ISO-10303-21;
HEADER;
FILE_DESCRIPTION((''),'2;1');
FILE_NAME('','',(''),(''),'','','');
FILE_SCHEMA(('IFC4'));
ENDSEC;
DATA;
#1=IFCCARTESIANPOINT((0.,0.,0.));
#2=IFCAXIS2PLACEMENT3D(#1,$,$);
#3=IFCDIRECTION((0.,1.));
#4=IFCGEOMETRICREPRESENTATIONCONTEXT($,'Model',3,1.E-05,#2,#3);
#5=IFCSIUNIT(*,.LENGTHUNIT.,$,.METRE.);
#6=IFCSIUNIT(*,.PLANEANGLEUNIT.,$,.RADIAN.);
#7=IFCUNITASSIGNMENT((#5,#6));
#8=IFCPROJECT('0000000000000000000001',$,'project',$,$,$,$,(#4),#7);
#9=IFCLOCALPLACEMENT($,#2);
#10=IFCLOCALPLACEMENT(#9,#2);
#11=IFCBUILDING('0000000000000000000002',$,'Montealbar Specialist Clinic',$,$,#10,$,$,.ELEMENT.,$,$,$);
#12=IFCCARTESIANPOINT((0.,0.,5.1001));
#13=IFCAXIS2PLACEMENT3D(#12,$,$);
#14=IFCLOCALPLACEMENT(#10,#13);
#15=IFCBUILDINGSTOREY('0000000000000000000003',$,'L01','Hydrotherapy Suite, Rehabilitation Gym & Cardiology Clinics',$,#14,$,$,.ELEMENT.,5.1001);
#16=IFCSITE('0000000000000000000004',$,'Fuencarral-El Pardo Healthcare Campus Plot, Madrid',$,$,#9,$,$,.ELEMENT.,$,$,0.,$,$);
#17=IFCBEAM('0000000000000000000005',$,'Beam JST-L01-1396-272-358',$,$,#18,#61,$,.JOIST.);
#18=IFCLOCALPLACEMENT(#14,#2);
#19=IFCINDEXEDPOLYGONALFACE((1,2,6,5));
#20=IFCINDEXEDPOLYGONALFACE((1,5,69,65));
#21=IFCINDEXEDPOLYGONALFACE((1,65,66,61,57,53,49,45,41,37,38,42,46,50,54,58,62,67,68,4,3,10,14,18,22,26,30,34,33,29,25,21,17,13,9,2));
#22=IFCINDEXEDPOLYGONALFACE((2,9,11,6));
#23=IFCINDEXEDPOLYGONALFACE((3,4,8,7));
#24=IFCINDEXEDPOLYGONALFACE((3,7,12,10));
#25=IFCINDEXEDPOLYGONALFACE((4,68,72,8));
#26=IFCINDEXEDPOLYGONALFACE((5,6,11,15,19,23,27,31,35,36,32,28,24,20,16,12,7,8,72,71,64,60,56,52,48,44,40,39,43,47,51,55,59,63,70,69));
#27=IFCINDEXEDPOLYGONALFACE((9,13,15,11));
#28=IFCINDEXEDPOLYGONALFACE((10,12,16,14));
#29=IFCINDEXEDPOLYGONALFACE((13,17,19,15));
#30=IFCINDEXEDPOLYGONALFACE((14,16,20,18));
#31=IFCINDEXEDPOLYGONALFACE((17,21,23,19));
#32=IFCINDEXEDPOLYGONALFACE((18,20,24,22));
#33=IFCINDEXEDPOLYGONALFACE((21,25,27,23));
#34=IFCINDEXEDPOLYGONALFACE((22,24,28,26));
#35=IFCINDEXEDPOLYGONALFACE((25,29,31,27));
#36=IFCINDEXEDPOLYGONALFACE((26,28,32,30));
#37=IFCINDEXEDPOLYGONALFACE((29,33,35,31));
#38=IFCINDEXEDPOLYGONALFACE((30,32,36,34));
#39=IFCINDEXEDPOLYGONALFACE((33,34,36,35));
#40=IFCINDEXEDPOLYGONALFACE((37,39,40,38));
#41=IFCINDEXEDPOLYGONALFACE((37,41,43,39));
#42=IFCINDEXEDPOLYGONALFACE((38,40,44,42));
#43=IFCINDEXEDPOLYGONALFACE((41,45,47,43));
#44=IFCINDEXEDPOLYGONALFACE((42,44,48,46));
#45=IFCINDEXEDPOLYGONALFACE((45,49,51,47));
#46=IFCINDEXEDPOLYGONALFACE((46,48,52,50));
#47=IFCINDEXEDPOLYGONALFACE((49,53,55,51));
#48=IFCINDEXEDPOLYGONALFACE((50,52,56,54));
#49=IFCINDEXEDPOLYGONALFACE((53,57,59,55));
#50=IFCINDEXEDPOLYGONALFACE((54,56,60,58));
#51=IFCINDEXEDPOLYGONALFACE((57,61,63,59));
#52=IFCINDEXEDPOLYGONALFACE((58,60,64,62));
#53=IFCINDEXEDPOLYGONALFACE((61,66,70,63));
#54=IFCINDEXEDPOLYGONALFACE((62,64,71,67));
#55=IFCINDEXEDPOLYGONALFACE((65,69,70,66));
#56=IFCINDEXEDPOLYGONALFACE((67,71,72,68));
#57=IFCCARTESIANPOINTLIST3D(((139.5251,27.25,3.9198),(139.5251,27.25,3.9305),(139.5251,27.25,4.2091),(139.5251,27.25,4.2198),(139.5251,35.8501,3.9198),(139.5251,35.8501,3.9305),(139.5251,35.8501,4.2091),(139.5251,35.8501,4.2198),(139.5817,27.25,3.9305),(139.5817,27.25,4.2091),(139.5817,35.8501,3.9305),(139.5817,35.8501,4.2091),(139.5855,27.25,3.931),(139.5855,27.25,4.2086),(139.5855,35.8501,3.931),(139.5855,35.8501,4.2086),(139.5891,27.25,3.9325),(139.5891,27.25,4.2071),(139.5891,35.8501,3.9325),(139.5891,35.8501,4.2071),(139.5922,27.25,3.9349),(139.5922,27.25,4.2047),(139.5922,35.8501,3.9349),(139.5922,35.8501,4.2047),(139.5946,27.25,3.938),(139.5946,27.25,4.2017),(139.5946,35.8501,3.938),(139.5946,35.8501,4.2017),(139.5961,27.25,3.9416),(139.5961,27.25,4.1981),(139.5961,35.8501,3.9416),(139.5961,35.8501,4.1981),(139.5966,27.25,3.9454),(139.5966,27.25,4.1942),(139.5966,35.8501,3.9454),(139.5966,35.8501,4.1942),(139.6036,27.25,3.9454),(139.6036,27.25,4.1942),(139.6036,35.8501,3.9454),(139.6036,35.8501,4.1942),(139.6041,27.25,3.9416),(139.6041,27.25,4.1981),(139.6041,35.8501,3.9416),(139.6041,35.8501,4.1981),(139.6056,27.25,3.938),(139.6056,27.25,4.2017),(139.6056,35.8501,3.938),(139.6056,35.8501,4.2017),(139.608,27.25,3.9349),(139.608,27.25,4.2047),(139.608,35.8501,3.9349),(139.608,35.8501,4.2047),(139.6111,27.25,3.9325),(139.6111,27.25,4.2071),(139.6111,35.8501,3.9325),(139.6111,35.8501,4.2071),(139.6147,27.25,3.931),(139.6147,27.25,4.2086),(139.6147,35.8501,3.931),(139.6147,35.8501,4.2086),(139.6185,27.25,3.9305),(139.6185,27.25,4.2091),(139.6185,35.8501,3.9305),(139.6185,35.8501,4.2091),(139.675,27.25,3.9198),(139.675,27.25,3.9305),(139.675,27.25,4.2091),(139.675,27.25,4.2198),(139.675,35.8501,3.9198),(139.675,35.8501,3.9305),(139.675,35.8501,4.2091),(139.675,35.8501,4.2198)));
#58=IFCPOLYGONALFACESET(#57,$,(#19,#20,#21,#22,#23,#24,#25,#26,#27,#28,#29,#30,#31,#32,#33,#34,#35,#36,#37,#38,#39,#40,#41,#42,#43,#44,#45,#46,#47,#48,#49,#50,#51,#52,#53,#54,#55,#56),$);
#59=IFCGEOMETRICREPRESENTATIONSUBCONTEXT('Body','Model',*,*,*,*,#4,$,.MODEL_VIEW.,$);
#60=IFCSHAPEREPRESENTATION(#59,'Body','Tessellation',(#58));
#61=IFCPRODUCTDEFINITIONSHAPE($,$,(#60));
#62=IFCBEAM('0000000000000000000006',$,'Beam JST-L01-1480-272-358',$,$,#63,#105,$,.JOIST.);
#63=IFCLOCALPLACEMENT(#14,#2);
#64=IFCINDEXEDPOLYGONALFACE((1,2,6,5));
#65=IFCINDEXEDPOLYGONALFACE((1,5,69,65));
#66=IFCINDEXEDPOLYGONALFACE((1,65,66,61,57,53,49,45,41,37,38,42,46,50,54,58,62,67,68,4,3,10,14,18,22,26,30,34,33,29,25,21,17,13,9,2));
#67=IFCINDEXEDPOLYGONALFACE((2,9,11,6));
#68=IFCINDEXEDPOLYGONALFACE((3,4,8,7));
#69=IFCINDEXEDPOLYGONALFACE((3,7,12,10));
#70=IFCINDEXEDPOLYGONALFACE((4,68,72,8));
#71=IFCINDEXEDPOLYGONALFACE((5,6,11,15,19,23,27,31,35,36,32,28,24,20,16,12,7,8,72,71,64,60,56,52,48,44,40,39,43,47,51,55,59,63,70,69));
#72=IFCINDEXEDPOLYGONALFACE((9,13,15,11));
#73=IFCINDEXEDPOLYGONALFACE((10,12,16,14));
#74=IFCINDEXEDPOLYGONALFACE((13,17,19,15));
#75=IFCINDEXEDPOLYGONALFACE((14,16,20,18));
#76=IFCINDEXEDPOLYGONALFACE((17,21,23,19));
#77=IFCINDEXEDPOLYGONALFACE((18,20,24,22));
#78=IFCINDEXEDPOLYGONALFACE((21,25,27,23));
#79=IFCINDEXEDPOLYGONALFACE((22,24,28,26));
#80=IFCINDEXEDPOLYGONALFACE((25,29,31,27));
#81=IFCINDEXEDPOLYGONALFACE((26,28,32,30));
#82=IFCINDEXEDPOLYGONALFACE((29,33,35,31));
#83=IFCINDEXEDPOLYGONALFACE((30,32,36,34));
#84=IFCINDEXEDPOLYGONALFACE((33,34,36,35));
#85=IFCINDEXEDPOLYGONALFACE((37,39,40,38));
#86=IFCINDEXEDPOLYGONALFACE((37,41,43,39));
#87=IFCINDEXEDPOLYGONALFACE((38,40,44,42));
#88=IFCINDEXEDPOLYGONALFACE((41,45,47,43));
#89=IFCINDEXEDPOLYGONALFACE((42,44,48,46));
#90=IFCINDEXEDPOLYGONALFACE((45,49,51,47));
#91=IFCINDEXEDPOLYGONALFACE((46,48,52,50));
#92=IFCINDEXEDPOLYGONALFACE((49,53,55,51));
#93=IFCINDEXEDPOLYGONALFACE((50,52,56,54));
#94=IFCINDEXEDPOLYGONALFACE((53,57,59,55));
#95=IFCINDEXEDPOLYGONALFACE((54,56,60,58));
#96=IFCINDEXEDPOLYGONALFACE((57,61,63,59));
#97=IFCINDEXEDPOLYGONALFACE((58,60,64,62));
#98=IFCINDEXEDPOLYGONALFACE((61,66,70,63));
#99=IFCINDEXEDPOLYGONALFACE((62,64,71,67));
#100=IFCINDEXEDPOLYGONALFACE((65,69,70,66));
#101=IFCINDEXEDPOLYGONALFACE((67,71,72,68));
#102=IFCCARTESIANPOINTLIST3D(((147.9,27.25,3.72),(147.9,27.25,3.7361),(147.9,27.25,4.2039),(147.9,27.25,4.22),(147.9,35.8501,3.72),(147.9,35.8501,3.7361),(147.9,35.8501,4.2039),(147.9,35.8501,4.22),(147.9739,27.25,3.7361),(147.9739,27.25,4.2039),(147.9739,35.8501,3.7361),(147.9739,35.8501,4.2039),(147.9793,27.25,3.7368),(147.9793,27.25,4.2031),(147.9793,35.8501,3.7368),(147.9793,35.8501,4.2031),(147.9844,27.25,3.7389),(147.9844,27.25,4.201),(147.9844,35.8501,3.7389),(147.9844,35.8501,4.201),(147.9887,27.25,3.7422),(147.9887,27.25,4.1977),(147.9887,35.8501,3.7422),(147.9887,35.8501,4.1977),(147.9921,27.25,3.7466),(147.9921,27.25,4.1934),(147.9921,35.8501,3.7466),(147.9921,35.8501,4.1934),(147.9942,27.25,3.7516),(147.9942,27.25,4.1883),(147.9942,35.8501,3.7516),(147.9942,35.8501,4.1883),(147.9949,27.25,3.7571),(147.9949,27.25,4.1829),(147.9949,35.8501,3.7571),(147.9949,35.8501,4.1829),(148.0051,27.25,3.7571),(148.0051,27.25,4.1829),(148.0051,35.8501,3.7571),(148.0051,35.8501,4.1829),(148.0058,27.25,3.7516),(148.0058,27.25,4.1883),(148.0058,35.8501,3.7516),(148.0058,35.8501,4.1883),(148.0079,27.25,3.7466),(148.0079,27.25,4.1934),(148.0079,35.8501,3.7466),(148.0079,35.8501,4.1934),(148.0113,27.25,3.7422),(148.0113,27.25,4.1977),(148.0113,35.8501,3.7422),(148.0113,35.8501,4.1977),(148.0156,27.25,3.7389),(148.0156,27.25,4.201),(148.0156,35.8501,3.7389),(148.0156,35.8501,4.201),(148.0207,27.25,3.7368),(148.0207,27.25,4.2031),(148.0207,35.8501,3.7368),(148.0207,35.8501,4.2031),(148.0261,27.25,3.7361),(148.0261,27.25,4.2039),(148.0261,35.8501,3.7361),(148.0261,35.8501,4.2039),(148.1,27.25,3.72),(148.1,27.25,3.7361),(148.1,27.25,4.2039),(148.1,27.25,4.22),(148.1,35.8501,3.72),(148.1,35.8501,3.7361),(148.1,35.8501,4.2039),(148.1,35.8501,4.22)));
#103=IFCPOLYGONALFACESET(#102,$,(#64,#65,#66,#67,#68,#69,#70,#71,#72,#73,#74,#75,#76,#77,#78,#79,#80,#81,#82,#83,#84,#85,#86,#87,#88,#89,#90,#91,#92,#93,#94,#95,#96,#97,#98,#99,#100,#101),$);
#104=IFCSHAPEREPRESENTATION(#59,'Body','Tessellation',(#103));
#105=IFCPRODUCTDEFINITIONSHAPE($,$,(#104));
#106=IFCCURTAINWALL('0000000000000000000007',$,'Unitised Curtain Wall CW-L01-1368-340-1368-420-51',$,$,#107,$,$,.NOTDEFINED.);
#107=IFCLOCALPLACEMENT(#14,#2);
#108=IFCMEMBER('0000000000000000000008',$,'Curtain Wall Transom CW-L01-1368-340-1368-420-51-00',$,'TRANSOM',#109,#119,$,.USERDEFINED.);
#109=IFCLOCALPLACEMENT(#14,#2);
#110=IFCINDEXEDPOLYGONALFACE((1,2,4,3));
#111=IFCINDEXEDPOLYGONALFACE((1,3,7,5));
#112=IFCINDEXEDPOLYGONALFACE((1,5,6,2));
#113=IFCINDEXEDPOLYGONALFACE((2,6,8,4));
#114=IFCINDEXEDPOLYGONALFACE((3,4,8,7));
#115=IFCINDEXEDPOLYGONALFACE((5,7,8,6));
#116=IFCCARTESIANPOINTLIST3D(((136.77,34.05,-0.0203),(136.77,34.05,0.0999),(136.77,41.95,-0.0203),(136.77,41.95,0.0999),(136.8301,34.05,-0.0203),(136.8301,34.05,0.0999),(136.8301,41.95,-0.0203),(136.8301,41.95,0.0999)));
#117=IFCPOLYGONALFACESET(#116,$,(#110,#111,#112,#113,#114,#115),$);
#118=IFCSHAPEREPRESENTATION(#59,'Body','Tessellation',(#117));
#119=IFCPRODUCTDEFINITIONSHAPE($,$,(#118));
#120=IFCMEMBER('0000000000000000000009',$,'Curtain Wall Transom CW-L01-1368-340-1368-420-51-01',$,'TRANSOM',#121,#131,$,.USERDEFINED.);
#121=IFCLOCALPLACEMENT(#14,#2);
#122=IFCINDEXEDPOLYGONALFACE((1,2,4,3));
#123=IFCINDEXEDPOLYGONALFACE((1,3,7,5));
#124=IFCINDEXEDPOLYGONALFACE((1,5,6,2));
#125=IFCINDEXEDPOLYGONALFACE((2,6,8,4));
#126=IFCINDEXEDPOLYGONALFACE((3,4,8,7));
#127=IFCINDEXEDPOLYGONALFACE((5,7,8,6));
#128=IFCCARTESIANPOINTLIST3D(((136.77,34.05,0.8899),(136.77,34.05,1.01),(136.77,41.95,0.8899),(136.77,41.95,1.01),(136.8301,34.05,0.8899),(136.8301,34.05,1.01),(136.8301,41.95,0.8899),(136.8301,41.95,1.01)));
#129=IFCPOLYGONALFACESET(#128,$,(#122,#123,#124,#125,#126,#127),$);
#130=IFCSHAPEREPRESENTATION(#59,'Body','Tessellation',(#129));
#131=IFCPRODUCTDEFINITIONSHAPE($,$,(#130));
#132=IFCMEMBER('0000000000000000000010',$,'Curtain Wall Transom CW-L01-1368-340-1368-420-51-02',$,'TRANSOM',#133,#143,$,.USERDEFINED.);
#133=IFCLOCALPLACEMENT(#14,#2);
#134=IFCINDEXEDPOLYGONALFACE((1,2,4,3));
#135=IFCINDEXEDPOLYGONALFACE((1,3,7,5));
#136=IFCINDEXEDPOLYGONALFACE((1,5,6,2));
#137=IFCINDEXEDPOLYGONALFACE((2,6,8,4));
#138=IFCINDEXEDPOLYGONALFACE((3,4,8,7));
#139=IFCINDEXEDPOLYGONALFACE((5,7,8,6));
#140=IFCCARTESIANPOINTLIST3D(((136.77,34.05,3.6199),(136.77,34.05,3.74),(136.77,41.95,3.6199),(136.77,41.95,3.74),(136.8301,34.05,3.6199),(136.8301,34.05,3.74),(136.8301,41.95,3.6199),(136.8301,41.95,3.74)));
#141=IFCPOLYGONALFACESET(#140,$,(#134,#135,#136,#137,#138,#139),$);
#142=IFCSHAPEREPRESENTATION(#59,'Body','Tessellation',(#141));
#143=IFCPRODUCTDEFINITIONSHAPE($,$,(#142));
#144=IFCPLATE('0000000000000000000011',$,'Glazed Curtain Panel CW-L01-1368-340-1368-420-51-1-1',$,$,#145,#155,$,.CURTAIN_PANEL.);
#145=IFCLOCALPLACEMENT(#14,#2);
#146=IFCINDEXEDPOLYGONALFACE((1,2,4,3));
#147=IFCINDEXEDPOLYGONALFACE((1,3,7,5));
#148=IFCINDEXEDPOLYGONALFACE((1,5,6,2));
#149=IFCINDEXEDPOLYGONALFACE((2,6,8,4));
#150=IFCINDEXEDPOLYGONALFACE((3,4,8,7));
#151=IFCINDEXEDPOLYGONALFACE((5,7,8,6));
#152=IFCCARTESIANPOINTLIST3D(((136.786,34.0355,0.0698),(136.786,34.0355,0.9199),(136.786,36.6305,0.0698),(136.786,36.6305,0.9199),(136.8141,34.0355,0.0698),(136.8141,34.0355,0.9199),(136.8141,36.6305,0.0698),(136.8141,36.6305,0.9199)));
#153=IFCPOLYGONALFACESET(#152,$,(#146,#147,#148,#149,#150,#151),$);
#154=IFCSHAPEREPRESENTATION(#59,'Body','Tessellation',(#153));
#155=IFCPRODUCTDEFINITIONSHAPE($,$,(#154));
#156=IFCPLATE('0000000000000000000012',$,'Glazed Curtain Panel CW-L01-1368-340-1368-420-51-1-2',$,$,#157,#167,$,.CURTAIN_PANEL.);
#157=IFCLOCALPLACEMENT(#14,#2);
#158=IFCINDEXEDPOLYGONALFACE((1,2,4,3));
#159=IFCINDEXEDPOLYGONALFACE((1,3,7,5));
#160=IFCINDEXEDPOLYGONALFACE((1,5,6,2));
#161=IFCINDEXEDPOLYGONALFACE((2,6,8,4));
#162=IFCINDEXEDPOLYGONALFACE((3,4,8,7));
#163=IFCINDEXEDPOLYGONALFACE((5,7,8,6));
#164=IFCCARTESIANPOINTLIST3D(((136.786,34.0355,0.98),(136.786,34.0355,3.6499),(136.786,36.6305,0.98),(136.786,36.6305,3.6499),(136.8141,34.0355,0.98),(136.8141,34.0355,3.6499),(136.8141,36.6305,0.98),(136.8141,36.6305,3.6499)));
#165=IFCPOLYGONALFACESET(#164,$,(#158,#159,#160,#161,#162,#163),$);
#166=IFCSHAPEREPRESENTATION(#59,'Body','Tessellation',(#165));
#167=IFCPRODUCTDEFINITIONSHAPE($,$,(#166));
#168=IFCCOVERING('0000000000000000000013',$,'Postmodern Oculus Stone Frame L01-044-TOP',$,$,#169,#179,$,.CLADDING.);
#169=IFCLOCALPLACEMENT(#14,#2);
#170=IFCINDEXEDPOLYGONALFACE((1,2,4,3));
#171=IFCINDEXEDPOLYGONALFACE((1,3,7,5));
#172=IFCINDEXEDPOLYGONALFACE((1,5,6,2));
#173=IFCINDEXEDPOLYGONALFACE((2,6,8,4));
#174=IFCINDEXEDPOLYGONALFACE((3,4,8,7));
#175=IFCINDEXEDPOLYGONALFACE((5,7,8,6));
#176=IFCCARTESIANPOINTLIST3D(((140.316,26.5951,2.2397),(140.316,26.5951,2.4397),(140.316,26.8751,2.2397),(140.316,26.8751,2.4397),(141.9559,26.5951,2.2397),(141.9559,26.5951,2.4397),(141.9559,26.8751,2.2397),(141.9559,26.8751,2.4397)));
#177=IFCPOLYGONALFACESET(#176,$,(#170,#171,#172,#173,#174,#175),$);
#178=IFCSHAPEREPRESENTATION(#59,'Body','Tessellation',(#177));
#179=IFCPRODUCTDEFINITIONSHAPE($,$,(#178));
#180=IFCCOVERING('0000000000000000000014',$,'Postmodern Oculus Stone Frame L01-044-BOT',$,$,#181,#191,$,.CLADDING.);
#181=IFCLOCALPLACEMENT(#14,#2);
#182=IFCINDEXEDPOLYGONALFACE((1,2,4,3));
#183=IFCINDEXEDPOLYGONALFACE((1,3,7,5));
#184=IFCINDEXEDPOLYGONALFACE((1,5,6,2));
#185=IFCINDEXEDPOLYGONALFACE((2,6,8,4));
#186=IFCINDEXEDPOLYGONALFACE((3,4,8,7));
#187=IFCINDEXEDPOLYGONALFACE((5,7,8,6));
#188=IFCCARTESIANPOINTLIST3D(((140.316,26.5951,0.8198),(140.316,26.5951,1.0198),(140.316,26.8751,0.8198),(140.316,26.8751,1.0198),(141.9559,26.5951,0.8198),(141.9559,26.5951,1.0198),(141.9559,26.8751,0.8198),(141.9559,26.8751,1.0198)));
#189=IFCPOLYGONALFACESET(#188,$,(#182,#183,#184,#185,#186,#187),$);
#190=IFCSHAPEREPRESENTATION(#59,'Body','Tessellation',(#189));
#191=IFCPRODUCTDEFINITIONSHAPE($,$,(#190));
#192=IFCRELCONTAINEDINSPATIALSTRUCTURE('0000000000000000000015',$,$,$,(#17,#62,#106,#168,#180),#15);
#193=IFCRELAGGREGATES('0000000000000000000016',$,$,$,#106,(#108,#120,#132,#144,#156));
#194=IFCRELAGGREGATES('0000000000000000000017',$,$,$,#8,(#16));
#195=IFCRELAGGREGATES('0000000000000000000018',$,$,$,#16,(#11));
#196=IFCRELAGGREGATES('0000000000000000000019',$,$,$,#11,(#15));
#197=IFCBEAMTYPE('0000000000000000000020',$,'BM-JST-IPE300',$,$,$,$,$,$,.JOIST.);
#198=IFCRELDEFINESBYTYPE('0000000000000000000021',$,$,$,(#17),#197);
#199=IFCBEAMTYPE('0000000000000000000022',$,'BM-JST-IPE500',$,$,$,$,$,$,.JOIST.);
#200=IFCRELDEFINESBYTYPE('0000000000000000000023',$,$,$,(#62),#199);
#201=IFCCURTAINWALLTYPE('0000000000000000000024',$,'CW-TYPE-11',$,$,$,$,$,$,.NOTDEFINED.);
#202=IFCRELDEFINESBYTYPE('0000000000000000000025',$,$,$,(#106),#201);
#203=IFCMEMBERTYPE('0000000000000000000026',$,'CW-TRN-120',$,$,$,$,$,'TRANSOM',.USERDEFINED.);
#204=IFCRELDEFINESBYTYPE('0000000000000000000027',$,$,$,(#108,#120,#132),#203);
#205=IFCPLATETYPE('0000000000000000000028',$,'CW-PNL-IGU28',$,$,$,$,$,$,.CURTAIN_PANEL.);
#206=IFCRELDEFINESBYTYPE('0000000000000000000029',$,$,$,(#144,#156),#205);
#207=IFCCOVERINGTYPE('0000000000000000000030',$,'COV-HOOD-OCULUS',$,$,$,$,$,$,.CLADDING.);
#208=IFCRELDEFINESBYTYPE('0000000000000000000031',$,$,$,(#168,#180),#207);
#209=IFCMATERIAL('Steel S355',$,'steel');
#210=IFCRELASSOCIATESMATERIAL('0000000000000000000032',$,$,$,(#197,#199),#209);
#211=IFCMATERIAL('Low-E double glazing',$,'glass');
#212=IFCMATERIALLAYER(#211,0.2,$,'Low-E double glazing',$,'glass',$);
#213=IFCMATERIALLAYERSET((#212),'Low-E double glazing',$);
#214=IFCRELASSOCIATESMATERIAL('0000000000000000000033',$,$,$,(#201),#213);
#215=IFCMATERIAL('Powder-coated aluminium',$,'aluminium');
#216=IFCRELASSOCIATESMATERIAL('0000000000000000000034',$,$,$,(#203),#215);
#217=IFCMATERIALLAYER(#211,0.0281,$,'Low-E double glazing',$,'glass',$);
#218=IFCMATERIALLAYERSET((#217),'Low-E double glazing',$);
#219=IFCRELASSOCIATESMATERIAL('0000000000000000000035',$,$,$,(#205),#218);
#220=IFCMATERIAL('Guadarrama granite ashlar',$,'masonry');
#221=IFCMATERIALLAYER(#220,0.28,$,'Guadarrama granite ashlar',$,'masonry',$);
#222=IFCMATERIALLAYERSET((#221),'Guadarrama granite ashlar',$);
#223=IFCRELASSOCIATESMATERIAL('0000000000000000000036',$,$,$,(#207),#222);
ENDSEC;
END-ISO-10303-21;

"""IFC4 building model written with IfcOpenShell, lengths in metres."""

from ifc_helpers import new_model, si_unit, direction, frame, origin, origin_2d, place, context, subcontext, project, spatial, rectangle, i_section, extrude, material, layer, layer_set, material_profile, profile_set, type_object, element, aggregate, save


model = new_model("IFC4")

# Units and contexts
model_context = context("Model", 3, precision=1e-05, world=origin(), true_north=direction((0.0, 1.0)))
body_context = subcontext(model_context, "Body", "Model", "MODEL_VIEW")
ifc_project = project(units=[si_unit("LENGTHUNIT", "METRE"), si_unit("PLANEANGLEUNIT", "RADIAN")], contexts=[model_context])

# Site, building, storey
site_placement = place(None, origin())
site = spatial("IfcSite", under=ifc_project, at=site_placement, Name="Fuencarral-El Pardo Healthcare Campus Plot, Madrid", CompositionType="ELEMENT", RefElevation=0.0)
building_placement = place(site_placement, origin())
building = spatial("IfcBuilding", under=site, at=building_placement, Name="Montealbar Specialist Clinic", CompositionType="ELEMENT")
storey_placement = place(building_placement, frame((0.0, 0.0, 5.1001)))
storey = spatial("IfcBuildingStorey", under=building, at=storey_placement, Name="L01", Description="Hydrotherapy Suite, Rehabilitation Gym & Cardiology Clinics", CompositionType="ELEMENT", Elevation=5.1001)

# Shared definitions
ifc_material_1 = material(Name="Steel S355", Category="steel")

# Beams
ifc_material_profile_1 = material_profile(ifc_material_1, i_section(OverallWidth=0.1499, OverallDepth=0.3, WebThickness=0.0071, FlangeThickness=0.0107, FilletRadius=0.0149, at=origin_2d()), Name="IPE 300", Category="steel")
ifc_profile_set_1 = profile_set([ifc_material_profile_1], Name="Steel S355")
beam_type_1 = type_object("IfcBeamType", Name="BM-JST-IPE300", PredefinedType="JOIST", material=ifc_profile_set_1)
beam_1_placement = place(storey_placement, frame((139.6001, 27.25, 4.0698), z_axis=(0.0, 1.0, 0.0), x_axis=(-1.0, 0.0, 0.0)))
element("IfcBeam", 1, at=beam_1_placement, inside=storey, type_object=beam_type_1, Name="Beam JST-L01-1396-272-358", PredefinedType="JOIST", context=body_context, shape_type="SweptSolid", body=[
    extrude(i_section(OverallWidth=0.1499, OverallDepth=0.3, WebThickness=0.0071, FlangeThickness=0.0107, FilletRadius=0.0149, at=origin_2d()), origin(), (0.0, 0.0, 1.0), 8.6001),
])
ifc_material_profile_2 = material_profile(ifc_material_1, i_section(OverallWidth=0.2, OverallDepth=0.5, WebThickness=0.0103, FlangeThickness=0.0161, FilletRadius=0.021, at=origin_2d()), Name="IPE 500", Category="steel")
ifc_profile_set_2 = profile_set([ifc_material_profile_2], Name="Steel S355")
beam_type_2 = type_object("IfcBeamType", Name="BM-JST-IPE500", PredefinedType="JOIST", material=ifc_profile_set_2)
beam_2_placement = place(storey_placement, frame((148.0, 27.25, 3.97), z_axis=(0.0, 1.0, 0.0), x_axis=(-1.0, 0.0, 0.0)))
element("IfcBeam", 2, at=beam_2_placement, inside=storey, type_object=beam_type_2, Name="Beam JST-L01-1480-272-358", PredefinedType="JOIST", context=body_context, shape_type="SweptSolid", body=[
    extrude(i_section(OverallWidth=0.2, OverallDepth=0.5, WebThickness=0.0103, FlangeThickness=0.0161, FilletRadius=0.021, at=origin_2d()), origin(), (0.0, 0.0, 1.0), 8.6001),
])

# Curtain wall, members, plates
ifc_material_2 = material(Name="Low-E double glazing", Category="glass")
ifc_layer_1 = layer(ifc_material_2, 0.2, Name="Low-E double glazing", Category="glass")
ifc_layer_set_1 = layer_set([ifc_layer_1], Name="Low-E double glazing")
curtain_wall_type = type_object("IfcCurtainWallType", Name="CW-TYPE-11", PredefinedType="NOTDEFINED", material=ifc_layer_set_1)
curtain_wall_placement = place(storey_placement, origin())
curtain_wall = element("IfcCurtainWall", 3, at=curtain_wall_placement, inside=storey, type_object=curtain_wall_type, Name="Unitised Curtain Wall CW-L01-1368-340-1368-420-51", PredefinedType="NOTDEFINED")
ifc_material_3 = material(Name="Powder-coated aluminium", Category="aluminium")
ifc_material_profile_3 = material_profile(ifc_material_3, rectangle(XDim=0.0601, YDim=0.1201, at=origin_2d()), Name="ALU 60x120", Category="aluminium")
ifc_profile_set_3 = profile_set([ifc_material_profile_3], Name="Powder-coated aluminium")
member_type = type_object("IfcMemberType", Name="CW-TRN-120", ElementType="TRANSOM", PredefinedType="USERDEFINED", material=ifc_profile_set_3)
member_1_placement = place(storey_placement, frame((136.8, 34.05, 0.0398), z_axis=(0.0, 1.0, 0.0), x_axis=(-1.0, 0.0, 0.0)))
member_1 = element("IfcMember", 4, at=member_1_placement, type_object=member_type, Name="Curtain Wall Transom CW-L01-1368-340-1368-420-51-00", ObjectType="TRANSOM", PredefinedType="USERDEFINED", context=body_context, shape_type="SweptSolid", body=[
    extrude(rectangle(XDim=0.0601, YDim=0.1201, at=origin_2d()), origin(), (0.0, 0.0, 1.0), 7.8999),
])
member_2_placement = place(storey_placement, frame((136.8, 34.05, 0.95), z_axis=(0.0, 1.0, 0.0), x_axis=(-1.0, 0.0, 0.0)))
member_2 = element("IfcMember", 5, at=member_2_placement, type_object=member_type, Name="Curtain Wall Transom CW-L01-1368-340-1368-420-51-01", ObjectType="TRANSOM", PredefinedType="USERDEFINED", context=body_context, shape_type="SweptSolid", body=[
    extrude(rectangle(XDim=0.0601, YDim=0.1201, at=origin_2d()), origin(), (0.0, 0.0, 1.0), 7.8999),
])
member_3_placement = place(storey_placement, frame((136.8, 34.05, 3.6799), z_axis=(0.0, 1.0, 0.0), x_axis=(-1.0, 0.0, 0.0)))
member_3 = element("IfcMember", 6, at=member_3_placement, type_object=member_type, Name="Curtain Wall Transom CW-L01-1368-340-1368-420-51-02", ObjectType="TRANSOM", PredefinedType="USERDEFINED", context=body_context, shape_type="SweptSolid", body=[
    extrude(rectangle(XDim=0.0601, YDim=0.1201, at=origin_2d()), origin(), (0.0, 0.0, 1.0), 7.8999),
])
ifc_layer_2 = layer(ifc_material_2, 0.0281, Name="Low-E double glazing", Category="glass")
ifc_layer_set_2 = layer_set([ifc_layer_2], Name="Low-E double glazing")
plate_type = type_object("IfcPlateType", Name="CW-PNL-IGU28", PredefinedType="CURTAIN_PANEL", material=ifc_layer_set_2)
plate_1_placement = place(storey_placement, frame((136.8, 35.333, 0.0698), z_axis=(0.0, 0.0, 1.0), x_axis=(0.0, 1.0, 0.0)))
plate_1 = element("IfcPlate", 7, at=plate_1_placement, type_object=plate_type, Name="Glazed Curtain Panel CW-L01-1368-340-1368-420-51-1-1", PredefinedType="CURTAIN_PANEL", context=body_context, shape_type="SweptSolid", body=[
    extrude(rectangle(XDim=2.595, YDim=0.0281, at=origin_2d()), origin(), (0.0, 0.0, 1.0), 0.8501),
])
plate_2_placement = place(storey_placement, frame((136.8, 35.333, 0.98), z_axis=(0.0, 0.0, 1.0), x_axis=(0.0, 1.0, 0.0)))
plate_2 = element("IfcPlate", 8, at=plate_2_placement, type_object=plate_type, Name="Glazed Curtain Panel CW-L01-1368-340-1368-420-51-1-2", PredefinedType="CURTAIN_PANEL", context=body_context, shape_type="SweptSolid", body=[
    extrude(rectangle(XDim=2.595, YDim=0.0281, at=origin_2d()), origin(), (0.0, 0.0, 1.0), 2.6699),
])
aggregate(curtain_wall, [member_1, member_2, member_3, plate_1, plate_2])

# Coverings
ifc_material_4 = material(Name="Guadarrama granite ashlar", Category="masonry")
ifc_layer_3 = layer(ifc_material_4, 0.28, Name="Guadarrama granite ashlar", Category="masonry")
ifc_layer_set_3 = layer_set([ifc_layer_3], Name="Guadarrama granite ashlar")
covering_type = type_object("IfcCoveringType", Name="COV-HOOD-OCULUS", PredefinedType="CLADDING", material=ifc_layer_set_3)
for number, where, z_axis, x_axis, name in (
    (9, (141.136, 26.7351, 2.2397), (0.0, 0.0, 1.0), (-1.0, 0.0, 0.0), "Postmodern Oculus Stone Frame L01-044-TOP"),
    (10, (141.136, 26.7351, 0.8198), (0.0, 0.0, 1.0), (-1.0, 0.0, 0.0), "Postmodern Oculus Stone Frame L01-044-BOT"),
):
    element("IfcCovering", number, at=place(storey_placement, frame(where, z_axis=z_axis, x_axis=x_axis)), inside=storey, type_object=covering_type, Name=name, PredefinedType="CLADDING", context=body_context, shape_type="SweptSolid", body=[
        extrude(rectangle(XDim=1.6399, YDim=0.28, at=origin_2d()), origin(), (0.0, 0.0, 1.0), 0.2),
    ])

save(model, "model.ifc")
